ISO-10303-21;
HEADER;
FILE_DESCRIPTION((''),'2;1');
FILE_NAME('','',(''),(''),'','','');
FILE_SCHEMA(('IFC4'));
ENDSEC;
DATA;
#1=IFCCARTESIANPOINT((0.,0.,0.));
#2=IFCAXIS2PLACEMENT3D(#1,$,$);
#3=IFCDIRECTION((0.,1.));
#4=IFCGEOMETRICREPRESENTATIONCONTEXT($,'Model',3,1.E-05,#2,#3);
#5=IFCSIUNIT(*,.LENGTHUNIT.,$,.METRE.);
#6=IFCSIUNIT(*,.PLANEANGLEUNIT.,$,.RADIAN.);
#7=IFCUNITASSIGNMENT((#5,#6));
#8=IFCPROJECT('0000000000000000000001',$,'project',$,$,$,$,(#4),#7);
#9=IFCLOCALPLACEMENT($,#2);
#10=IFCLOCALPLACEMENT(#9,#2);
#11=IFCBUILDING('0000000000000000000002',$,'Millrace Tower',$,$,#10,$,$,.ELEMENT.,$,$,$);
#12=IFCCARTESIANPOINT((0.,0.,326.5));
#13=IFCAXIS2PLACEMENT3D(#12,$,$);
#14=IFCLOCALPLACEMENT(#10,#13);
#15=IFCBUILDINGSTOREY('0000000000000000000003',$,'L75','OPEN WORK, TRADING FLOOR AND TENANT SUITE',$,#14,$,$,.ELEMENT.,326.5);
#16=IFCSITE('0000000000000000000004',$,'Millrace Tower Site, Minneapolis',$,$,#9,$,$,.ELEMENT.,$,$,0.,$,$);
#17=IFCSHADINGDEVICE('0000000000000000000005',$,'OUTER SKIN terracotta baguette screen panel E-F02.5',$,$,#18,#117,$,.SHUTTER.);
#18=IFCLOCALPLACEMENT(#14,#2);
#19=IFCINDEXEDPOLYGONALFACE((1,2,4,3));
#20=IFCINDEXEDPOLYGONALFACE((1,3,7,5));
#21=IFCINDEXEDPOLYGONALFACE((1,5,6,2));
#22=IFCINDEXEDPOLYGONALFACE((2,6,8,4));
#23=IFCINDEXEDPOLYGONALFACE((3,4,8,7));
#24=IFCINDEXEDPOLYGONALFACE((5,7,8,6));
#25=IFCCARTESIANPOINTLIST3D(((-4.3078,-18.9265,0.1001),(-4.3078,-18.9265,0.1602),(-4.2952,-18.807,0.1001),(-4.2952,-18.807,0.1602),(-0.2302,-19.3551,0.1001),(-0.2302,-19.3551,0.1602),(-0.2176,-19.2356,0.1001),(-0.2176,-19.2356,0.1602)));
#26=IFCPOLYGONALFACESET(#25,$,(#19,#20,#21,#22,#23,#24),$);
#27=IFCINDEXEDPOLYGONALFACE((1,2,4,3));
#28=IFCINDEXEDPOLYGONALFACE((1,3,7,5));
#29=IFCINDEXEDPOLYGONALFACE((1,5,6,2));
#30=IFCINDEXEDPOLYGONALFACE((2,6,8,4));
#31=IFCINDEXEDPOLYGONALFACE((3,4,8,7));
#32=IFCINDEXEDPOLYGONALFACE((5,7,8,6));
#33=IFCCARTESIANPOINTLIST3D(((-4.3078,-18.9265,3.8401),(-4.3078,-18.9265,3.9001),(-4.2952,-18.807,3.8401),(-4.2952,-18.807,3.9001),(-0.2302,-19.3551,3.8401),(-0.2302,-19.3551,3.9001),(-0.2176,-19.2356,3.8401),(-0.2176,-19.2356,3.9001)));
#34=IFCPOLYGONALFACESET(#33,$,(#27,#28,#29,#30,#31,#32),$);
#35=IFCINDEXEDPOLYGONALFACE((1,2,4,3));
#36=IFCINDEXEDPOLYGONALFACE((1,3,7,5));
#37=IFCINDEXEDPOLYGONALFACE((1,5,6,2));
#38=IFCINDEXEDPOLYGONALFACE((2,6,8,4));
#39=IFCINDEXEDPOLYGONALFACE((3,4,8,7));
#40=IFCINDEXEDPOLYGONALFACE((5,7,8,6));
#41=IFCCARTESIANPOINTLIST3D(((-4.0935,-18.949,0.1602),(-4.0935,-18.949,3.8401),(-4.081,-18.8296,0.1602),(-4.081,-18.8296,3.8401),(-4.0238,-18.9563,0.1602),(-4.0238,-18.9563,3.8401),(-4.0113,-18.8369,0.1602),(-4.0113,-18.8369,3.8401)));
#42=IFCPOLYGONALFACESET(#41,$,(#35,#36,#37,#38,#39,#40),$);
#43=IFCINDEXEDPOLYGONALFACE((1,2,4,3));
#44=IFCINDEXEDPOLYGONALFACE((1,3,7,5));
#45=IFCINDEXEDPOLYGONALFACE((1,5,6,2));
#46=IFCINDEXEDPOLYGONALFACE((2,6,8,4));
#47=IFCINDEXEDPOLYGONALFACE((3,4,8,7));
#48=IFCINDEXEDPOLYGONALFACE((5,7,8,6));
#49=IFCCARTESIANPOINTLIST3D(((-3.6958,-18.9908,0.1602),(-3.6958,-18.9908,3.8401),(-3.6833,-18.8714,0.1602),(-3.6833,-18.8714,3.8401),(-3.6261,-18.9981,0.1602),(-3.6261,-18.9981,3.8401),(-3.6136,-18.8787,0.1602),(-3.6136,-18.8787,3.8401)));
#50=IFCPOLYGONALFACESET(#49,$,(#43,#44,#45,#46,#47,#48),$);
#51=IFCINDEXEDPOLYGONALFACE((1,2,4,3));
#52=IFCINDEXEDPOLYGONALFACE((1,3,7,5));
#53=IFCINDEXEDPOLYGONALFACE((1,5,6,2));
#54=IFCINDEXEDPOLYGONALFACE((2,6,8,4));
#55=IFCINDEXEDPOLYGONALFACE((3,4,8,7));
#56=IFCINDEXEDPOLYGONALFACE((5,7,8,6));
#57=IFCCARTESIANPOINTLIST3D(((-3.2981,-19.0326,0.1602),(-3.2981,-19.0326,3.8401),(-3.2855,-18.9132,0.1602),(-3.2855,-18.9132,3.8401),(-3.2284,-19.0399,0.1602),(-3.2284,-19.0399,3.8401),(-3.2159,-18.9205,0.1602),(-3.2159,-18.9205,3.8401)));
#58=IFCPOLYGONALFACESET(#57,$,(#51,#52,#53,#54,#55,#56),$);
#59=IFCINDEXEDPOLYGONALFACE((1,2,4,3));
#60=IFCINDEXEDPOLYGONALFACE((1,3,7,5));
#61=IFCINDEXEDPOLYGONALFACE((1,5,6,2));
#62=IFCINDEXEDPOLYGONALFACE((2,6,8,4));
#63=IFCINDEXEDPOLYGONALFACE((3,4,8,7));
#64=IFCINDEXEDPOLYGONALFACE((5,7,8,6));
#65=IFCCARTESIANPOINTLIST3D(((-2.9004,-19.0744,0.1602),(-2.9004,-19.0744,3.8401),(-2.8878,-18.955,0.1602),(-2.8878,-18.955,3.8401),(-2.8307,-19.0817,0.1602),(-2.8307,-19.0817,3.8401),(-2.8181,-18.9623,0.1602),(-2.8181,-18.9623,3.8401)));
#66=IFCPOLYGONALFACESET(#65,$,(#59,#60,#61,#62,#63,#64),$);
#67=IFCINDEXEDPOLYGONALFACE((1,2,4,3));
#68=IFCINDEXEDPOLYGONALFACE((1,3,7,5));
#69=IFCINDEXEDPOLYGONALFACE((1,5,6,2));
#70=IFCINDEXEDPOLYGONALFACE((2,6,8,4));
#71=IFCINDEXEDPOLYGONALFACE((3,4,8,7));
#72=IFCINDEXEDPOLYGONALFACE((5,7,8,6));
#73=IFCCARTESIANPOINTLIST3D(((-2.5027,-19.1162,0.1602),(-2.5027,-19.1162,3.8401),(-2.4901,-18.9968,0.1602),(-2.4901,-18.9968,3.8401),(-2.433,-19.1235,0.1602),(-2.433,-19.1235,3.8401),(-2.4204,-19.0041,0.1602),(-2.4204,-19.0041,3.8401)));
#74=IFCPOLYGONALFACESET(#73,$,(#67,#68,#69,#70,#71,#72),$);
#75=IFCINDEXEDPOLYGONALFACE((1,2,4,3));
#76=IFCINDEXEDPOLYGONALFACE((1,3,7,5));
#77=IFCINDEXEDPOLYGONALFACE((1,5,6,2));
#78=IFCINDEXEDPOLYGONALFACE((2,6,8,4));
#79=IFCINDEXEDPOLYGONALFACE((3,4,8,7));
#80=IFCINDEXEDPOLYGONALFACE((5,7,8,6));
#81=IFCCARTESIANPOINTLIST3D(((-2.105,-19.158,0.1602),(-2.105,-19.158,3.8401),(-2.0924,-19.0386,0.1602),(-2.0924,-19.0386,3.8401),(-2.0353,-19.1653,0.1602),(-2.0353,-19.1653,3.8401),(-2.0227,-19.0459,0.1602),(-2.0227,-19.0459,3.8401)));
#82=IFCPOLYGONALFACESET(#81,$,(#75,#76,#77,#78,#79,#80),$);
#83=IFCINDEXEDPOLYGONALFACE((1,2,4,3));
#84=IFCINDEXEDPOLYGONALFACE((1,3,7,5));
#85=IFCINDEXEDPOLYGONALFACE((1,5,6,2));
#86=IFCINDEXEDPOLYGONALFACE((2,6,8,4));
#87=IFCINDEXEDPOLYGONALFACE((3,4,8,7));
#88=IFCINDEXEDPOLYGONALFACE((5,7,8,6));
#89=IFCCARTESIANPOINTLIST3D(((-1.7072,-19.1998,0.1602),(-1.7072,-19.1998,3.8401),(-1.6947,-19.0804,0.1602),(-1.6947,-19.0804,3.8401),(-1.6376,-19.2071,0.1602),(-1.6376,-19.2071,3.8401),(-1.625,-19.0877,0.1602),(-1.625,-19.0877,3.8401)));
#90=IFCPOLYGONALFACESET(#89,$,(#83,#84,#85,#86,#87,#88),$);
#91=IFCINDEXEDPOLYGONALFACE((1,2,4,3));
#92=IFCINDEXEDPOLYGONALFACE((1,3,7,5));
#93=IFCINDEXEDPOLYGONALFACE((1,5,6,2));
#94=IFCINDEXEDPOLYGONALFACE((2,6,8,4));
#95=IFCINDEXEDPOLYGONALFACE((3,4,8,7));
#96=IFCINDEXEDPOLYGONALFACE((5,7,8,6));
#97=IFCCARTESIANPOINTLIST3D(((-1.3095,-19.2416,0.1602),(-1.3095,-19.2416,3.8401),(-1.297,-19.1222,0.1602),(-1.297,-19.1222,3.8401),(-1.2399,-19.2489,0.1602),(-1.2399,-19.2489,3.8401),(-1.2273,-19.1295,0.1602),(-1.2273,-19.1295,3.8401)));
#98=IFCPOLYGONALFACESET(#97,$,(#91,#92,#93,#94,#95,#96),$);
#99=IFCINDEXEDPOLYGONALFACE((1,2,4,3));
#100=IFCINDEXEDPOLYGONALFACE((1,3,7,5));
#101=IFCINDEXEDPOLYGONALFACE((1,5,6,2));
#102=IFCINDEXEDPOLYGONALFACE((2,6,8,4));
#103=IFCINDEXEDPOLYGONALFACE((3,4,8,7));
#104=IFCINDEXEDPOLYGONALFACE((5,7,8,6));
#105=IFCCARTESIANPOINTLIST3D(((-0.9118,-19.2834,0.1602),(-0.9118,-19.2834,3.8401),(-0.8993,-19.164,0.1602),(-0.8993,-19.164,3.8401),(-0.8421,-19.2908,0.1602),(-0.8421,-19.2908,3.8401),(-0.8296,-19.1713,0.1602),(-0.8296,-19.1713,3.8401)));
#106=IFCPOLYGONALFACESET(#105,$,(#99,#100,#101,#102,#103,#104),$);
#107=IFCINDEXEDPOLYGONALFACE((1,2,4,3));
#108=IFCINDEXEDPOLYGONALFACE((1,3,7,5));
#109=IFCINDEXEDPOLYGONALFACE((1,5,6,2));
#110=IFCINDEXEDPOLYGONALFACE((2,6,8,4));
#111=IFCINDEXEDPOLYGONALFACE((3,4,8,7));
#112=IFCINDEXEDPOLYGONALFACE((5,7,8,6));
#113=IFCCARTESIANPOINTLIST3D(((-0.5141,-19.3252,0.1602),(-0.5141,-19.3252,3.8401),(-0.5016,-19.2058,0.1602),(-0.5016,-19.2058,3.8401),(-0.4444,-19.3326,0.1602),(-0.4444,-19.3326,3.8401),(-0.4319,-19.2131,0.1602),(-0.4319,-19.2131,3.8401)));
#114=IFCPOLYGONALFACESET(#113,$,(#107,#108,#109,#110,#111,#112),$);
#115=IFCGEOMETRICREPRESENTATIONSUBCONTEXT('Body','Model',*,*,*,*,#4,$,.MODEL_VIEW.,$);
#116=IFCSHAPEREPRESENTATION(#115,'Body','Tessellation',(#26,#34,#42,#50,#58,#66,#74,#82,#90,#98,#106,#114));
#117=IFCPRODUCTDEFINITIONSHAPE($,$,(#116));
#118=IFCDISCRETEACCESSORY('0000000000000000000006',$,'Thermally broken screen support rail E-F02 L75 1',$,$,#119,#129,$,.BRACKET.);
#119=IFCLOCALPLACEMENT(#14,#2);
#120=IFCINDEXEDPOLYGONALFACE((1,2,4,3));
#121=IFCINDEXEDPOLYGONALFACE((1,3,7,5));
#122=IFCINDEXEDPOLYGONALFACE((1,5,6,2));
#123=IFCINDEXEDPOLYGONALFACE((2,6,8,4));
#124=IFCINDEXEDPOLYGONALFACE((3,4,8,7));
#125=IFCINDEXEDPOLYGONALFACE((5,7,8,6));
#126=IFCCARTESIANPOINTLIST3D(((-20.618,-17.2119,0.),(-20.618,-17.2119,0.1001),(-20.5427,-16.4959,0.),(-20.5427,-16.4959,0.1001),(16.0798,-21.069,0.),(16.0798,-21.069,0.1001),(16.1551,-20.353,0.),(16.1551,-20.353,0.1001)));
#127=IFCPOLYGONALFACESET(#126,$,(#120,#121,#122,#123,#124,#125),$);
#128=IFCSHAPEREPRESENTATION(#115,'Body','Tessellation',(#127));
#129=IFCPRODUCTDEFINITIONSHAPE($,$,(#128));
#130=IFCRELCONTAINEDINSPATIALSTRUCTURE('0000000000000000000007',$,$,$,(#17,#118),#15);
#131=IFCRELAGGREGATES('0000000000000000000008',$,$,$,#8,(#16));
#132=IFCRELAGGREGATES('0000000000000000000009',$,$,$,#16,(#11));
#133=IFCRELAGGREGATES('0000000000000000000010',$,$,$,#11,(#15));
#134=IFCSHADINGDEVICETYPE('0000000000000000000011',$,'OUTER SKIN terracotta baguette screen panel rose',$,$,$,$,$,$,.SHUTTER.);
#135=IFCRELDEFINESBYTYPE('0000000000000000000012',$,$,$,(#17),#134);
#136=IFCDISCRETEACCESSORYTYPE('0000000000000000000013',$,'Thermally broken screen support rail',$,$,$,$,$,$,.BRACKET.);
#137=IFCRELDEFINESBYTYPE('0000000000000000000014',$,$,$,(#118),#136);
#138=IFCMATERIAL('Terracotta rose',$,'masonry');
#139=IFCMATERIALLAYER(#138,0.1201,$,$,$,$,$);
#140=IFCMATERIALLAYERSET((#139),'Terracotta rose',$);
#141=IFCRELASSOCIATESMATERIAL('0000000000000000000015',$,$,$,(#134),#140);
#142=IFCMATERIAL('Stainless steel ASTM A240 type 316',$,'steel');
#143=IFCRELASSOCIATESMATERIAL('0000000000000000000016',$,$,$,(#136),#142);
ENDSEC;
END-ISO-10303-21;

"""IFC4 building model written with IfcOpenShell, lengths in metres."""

from ifc_helpers import new_model, entity, si_unit, direction, frame, frame_2d, origin, origin_2d, place, context, subcontext, project, spatial, rectangle, extrude, source, transform, mapped, material, layer, layer_set, type_object, element, save


model = new_model("IFC4")

# Units and contexts
model_context = context("Model", 3, precision=1e-05, world=origin(), true_north=direction((0.0, 1.0)))
body_context = subcontext(model_context, "Body", "Model", "MODEL_VIEW")
ifc_project = project(units=[si_unit("LENGTHUNIT", "METRE"), si_unit("PLANEANGLEUNIT", "RADIAN")], contexts=[model_context])

# Site, building, storey
site_placement = place(None, origin())
site = spatial("IfcSite", under=ifc_project, at=site_placement, Name="Millrace Tower Site, Minneapolis", CompositionType="ELEMENT", RefElevation=0.0)
building_placement = place(site_placement, origin())
building = spatial("IfcBuilding", under=site, at=building_placement, Name="Millrace Tower", CompositionType="ELEMENT")
storey_placement = place(building_placement, frame((0.0, 0.0, 326.5)))
storey = spatial("IfcBuildingStorey", under=building, at=storey_placement, Name="L75", Description="OPEN WORK, TRADING FLOOR AND TENANT SUITE", CompositionType="ELEMENT", Elevation=326.5)

# Shading device
ifc_material_1 = material(Name="Terracotta rose", Category="masonry")
ifc_layer_1 = layer(ifc_material_1, 0.1201)
ifc_layer_set_1 = layer_set([ifc_layer_1], Name="Terracotta rose")
shading_device_type = type_object("IfcShadingDeviceType", Name="OUTER SKIN terracotta baguette screen panel rose", PredefinedType="SHUTTER", material=ifc_layer_set_1)
cartesian_point = entity("IfcCartesianPoint", [-2.05, 0.0601])
shared_polyline = entity("IfcPolyline", [cartesian_point, entity("IfcCartesianPoint", [2.05, 0.0601]), entity("IfcCartesianPoint", [2.05, -0.0601]), entity("IfcCartesianPoint", [-2.05, -0.0601]), cartesian_point])
shared_shape = source(origin(), body_context, "Body", "SweptSolid", [
    entity("IfcExtrudedAreaSolid", entity("IfcArbitraryClosedProfileDef", "AREA", None, shared_polyline), entity("IfcAxis2Placement3D", entity("IfcCartesianPoint", [0.0, 0.0, 0.0])), entity("IfcDirection", [0.0, 0.0, 1.0]), 0.0601),
    entity("IfcExtrudedAreaSolid", entity("IfcArbitraryClosedProfileDef", "AREA", None, shared_polyline), entity("IfcAxis2Placement3D", entity("IfcCartesianPoint", [0.0, 0.0, 3.74])), entity("IfcDirection", [0.0, 0.0, 1.0]), 0.0601),
    extrude(rectangle(XDim=0.0701, YDim=0.1201, at=frame_2d((-1.7996, 0.0))), frame((0.0, 0.0, 0.0601)), (0.0, 0.0, 1.0), 3.6799),
    extrude(rectangle(XDim=0.0701, YDim=0.1201, at=frame_2d((-1.3997, 0.0))), frame((0.0, 0.0, 0.0601)), (0.0, 0.0, 1.0), 3.6799),
    extrude(rectangle(XDim=0.0701, YDim=0.1201, at=frame_2d((-0.9998, 0.0))), frame((0.0, 0.0, 0.0601)), (0.0, 0.0, 1.0), 3.6799),
    extrude(rectangle(XDim=0.0701, YDim=0.1201, at=frame_2d((-0.5999, 0.0))), frame((0.0, 0.0, 0.0601)), (0.0, 0.0, 1.0), 3.6799),
    extrude(rectangle(XDim=0.0701, YDim=0.1201, at=frame_2d((-0.2, 0.0))), frame((0.0, 0.0, 0.0601)), (0.0, 0.0, 1.0), 3.6799),
    extrude(rectangle(XDim=0.0701, YDim=0.1201, at=frame_2d((0.2, 0.0))), frame((0.0, 0.0, 0.0601)), (0.0, 0.0, 1.0), 3.6799),
    extrude(rectangle(XDim=0.0701, YDim=0.1201, at=frame_2d((0.5999, 0.0))), frame((0.0, 0.0, 0.0601)), (0.0, 0.0, 1.0), 3.6799),
    extrude(rectangle(XDim=0.0701, YDim=0.1201, at=frame_2d((0.9998, 0.0))), frame((0.0, 0.0, 0.0601)), (0.0, 0.0, 1.0), 3.6799),
    extrude(rectangle(XDim=0.0701, YDim=0.1201, at=frame_2d((1.3997, 0.0))), frame((0.0, 0.0, 0.0601)), (0.0, 0.0, 1.0), 3.6799),
    extrude(rectangle(XDim=0.0701, YDim=0.1201, at=frame_2d((1.7996, 0.0))), frame((0.0, 0.0, 0.0601)), (0.0, 0.0, 1.0), 3.6799),
])
for number, where, z_axis, x_axis, name in (
    (1, (-2.2627, -19.0811, 0.1001), (0.0, 0.0, 1.0), (0.994522, -0.104528, 0.0), "OUTER SKIN terracotta baguette screen panel E-F02.5"),
):
    element("IfcShadingDevice", number, at=place(storey_placement, frame(where, z_axis=z_axis, x_axis=x_axis)), inside=storey, type_object=shading_device_type, Name=name, PredefinedType="SHUTTER", context=body_context, shape_type="MappedRepresentation", body=[
        mapped(shared_shape, transform((0.0, 0.0, 0.0), scale=1.0)),
    ])

# Discrete accessory
ifc_material_2 = material(Name="Stainless steel ASTM A240 type 316", Category="steel")
discrete_accessory_type = type_object("IfcDiscreteAccessoryType", Name="Thermally broken screen support rail", PredefinedType="BRACKET", material=ifc_material_2)
discrete_accessory_placement = place(storey_placement, frame((-2.2314, -18.7825, 0.0), z_axis=(0.0, 0.0, 1.0), x_axis=(0.994522, -0.104528, 0.0)))
element("IfcDiscreteAccessory", 2, at=discrete_accessory_placement, inside=storey, type_object=discrete_accessory_type, Name="Thermally broken screen support rail E-F02 L75 1", PredefinedType="BRACKET", context=body_context, shape_type="SweptSolid", body=[
    extrude(rectangle(XDim=36.8999, YDim=0.72, at=origin_2d()), origin(), (0.0, 0.0, 1.0), 0.1001),
])

save(model, "model.ifc")
